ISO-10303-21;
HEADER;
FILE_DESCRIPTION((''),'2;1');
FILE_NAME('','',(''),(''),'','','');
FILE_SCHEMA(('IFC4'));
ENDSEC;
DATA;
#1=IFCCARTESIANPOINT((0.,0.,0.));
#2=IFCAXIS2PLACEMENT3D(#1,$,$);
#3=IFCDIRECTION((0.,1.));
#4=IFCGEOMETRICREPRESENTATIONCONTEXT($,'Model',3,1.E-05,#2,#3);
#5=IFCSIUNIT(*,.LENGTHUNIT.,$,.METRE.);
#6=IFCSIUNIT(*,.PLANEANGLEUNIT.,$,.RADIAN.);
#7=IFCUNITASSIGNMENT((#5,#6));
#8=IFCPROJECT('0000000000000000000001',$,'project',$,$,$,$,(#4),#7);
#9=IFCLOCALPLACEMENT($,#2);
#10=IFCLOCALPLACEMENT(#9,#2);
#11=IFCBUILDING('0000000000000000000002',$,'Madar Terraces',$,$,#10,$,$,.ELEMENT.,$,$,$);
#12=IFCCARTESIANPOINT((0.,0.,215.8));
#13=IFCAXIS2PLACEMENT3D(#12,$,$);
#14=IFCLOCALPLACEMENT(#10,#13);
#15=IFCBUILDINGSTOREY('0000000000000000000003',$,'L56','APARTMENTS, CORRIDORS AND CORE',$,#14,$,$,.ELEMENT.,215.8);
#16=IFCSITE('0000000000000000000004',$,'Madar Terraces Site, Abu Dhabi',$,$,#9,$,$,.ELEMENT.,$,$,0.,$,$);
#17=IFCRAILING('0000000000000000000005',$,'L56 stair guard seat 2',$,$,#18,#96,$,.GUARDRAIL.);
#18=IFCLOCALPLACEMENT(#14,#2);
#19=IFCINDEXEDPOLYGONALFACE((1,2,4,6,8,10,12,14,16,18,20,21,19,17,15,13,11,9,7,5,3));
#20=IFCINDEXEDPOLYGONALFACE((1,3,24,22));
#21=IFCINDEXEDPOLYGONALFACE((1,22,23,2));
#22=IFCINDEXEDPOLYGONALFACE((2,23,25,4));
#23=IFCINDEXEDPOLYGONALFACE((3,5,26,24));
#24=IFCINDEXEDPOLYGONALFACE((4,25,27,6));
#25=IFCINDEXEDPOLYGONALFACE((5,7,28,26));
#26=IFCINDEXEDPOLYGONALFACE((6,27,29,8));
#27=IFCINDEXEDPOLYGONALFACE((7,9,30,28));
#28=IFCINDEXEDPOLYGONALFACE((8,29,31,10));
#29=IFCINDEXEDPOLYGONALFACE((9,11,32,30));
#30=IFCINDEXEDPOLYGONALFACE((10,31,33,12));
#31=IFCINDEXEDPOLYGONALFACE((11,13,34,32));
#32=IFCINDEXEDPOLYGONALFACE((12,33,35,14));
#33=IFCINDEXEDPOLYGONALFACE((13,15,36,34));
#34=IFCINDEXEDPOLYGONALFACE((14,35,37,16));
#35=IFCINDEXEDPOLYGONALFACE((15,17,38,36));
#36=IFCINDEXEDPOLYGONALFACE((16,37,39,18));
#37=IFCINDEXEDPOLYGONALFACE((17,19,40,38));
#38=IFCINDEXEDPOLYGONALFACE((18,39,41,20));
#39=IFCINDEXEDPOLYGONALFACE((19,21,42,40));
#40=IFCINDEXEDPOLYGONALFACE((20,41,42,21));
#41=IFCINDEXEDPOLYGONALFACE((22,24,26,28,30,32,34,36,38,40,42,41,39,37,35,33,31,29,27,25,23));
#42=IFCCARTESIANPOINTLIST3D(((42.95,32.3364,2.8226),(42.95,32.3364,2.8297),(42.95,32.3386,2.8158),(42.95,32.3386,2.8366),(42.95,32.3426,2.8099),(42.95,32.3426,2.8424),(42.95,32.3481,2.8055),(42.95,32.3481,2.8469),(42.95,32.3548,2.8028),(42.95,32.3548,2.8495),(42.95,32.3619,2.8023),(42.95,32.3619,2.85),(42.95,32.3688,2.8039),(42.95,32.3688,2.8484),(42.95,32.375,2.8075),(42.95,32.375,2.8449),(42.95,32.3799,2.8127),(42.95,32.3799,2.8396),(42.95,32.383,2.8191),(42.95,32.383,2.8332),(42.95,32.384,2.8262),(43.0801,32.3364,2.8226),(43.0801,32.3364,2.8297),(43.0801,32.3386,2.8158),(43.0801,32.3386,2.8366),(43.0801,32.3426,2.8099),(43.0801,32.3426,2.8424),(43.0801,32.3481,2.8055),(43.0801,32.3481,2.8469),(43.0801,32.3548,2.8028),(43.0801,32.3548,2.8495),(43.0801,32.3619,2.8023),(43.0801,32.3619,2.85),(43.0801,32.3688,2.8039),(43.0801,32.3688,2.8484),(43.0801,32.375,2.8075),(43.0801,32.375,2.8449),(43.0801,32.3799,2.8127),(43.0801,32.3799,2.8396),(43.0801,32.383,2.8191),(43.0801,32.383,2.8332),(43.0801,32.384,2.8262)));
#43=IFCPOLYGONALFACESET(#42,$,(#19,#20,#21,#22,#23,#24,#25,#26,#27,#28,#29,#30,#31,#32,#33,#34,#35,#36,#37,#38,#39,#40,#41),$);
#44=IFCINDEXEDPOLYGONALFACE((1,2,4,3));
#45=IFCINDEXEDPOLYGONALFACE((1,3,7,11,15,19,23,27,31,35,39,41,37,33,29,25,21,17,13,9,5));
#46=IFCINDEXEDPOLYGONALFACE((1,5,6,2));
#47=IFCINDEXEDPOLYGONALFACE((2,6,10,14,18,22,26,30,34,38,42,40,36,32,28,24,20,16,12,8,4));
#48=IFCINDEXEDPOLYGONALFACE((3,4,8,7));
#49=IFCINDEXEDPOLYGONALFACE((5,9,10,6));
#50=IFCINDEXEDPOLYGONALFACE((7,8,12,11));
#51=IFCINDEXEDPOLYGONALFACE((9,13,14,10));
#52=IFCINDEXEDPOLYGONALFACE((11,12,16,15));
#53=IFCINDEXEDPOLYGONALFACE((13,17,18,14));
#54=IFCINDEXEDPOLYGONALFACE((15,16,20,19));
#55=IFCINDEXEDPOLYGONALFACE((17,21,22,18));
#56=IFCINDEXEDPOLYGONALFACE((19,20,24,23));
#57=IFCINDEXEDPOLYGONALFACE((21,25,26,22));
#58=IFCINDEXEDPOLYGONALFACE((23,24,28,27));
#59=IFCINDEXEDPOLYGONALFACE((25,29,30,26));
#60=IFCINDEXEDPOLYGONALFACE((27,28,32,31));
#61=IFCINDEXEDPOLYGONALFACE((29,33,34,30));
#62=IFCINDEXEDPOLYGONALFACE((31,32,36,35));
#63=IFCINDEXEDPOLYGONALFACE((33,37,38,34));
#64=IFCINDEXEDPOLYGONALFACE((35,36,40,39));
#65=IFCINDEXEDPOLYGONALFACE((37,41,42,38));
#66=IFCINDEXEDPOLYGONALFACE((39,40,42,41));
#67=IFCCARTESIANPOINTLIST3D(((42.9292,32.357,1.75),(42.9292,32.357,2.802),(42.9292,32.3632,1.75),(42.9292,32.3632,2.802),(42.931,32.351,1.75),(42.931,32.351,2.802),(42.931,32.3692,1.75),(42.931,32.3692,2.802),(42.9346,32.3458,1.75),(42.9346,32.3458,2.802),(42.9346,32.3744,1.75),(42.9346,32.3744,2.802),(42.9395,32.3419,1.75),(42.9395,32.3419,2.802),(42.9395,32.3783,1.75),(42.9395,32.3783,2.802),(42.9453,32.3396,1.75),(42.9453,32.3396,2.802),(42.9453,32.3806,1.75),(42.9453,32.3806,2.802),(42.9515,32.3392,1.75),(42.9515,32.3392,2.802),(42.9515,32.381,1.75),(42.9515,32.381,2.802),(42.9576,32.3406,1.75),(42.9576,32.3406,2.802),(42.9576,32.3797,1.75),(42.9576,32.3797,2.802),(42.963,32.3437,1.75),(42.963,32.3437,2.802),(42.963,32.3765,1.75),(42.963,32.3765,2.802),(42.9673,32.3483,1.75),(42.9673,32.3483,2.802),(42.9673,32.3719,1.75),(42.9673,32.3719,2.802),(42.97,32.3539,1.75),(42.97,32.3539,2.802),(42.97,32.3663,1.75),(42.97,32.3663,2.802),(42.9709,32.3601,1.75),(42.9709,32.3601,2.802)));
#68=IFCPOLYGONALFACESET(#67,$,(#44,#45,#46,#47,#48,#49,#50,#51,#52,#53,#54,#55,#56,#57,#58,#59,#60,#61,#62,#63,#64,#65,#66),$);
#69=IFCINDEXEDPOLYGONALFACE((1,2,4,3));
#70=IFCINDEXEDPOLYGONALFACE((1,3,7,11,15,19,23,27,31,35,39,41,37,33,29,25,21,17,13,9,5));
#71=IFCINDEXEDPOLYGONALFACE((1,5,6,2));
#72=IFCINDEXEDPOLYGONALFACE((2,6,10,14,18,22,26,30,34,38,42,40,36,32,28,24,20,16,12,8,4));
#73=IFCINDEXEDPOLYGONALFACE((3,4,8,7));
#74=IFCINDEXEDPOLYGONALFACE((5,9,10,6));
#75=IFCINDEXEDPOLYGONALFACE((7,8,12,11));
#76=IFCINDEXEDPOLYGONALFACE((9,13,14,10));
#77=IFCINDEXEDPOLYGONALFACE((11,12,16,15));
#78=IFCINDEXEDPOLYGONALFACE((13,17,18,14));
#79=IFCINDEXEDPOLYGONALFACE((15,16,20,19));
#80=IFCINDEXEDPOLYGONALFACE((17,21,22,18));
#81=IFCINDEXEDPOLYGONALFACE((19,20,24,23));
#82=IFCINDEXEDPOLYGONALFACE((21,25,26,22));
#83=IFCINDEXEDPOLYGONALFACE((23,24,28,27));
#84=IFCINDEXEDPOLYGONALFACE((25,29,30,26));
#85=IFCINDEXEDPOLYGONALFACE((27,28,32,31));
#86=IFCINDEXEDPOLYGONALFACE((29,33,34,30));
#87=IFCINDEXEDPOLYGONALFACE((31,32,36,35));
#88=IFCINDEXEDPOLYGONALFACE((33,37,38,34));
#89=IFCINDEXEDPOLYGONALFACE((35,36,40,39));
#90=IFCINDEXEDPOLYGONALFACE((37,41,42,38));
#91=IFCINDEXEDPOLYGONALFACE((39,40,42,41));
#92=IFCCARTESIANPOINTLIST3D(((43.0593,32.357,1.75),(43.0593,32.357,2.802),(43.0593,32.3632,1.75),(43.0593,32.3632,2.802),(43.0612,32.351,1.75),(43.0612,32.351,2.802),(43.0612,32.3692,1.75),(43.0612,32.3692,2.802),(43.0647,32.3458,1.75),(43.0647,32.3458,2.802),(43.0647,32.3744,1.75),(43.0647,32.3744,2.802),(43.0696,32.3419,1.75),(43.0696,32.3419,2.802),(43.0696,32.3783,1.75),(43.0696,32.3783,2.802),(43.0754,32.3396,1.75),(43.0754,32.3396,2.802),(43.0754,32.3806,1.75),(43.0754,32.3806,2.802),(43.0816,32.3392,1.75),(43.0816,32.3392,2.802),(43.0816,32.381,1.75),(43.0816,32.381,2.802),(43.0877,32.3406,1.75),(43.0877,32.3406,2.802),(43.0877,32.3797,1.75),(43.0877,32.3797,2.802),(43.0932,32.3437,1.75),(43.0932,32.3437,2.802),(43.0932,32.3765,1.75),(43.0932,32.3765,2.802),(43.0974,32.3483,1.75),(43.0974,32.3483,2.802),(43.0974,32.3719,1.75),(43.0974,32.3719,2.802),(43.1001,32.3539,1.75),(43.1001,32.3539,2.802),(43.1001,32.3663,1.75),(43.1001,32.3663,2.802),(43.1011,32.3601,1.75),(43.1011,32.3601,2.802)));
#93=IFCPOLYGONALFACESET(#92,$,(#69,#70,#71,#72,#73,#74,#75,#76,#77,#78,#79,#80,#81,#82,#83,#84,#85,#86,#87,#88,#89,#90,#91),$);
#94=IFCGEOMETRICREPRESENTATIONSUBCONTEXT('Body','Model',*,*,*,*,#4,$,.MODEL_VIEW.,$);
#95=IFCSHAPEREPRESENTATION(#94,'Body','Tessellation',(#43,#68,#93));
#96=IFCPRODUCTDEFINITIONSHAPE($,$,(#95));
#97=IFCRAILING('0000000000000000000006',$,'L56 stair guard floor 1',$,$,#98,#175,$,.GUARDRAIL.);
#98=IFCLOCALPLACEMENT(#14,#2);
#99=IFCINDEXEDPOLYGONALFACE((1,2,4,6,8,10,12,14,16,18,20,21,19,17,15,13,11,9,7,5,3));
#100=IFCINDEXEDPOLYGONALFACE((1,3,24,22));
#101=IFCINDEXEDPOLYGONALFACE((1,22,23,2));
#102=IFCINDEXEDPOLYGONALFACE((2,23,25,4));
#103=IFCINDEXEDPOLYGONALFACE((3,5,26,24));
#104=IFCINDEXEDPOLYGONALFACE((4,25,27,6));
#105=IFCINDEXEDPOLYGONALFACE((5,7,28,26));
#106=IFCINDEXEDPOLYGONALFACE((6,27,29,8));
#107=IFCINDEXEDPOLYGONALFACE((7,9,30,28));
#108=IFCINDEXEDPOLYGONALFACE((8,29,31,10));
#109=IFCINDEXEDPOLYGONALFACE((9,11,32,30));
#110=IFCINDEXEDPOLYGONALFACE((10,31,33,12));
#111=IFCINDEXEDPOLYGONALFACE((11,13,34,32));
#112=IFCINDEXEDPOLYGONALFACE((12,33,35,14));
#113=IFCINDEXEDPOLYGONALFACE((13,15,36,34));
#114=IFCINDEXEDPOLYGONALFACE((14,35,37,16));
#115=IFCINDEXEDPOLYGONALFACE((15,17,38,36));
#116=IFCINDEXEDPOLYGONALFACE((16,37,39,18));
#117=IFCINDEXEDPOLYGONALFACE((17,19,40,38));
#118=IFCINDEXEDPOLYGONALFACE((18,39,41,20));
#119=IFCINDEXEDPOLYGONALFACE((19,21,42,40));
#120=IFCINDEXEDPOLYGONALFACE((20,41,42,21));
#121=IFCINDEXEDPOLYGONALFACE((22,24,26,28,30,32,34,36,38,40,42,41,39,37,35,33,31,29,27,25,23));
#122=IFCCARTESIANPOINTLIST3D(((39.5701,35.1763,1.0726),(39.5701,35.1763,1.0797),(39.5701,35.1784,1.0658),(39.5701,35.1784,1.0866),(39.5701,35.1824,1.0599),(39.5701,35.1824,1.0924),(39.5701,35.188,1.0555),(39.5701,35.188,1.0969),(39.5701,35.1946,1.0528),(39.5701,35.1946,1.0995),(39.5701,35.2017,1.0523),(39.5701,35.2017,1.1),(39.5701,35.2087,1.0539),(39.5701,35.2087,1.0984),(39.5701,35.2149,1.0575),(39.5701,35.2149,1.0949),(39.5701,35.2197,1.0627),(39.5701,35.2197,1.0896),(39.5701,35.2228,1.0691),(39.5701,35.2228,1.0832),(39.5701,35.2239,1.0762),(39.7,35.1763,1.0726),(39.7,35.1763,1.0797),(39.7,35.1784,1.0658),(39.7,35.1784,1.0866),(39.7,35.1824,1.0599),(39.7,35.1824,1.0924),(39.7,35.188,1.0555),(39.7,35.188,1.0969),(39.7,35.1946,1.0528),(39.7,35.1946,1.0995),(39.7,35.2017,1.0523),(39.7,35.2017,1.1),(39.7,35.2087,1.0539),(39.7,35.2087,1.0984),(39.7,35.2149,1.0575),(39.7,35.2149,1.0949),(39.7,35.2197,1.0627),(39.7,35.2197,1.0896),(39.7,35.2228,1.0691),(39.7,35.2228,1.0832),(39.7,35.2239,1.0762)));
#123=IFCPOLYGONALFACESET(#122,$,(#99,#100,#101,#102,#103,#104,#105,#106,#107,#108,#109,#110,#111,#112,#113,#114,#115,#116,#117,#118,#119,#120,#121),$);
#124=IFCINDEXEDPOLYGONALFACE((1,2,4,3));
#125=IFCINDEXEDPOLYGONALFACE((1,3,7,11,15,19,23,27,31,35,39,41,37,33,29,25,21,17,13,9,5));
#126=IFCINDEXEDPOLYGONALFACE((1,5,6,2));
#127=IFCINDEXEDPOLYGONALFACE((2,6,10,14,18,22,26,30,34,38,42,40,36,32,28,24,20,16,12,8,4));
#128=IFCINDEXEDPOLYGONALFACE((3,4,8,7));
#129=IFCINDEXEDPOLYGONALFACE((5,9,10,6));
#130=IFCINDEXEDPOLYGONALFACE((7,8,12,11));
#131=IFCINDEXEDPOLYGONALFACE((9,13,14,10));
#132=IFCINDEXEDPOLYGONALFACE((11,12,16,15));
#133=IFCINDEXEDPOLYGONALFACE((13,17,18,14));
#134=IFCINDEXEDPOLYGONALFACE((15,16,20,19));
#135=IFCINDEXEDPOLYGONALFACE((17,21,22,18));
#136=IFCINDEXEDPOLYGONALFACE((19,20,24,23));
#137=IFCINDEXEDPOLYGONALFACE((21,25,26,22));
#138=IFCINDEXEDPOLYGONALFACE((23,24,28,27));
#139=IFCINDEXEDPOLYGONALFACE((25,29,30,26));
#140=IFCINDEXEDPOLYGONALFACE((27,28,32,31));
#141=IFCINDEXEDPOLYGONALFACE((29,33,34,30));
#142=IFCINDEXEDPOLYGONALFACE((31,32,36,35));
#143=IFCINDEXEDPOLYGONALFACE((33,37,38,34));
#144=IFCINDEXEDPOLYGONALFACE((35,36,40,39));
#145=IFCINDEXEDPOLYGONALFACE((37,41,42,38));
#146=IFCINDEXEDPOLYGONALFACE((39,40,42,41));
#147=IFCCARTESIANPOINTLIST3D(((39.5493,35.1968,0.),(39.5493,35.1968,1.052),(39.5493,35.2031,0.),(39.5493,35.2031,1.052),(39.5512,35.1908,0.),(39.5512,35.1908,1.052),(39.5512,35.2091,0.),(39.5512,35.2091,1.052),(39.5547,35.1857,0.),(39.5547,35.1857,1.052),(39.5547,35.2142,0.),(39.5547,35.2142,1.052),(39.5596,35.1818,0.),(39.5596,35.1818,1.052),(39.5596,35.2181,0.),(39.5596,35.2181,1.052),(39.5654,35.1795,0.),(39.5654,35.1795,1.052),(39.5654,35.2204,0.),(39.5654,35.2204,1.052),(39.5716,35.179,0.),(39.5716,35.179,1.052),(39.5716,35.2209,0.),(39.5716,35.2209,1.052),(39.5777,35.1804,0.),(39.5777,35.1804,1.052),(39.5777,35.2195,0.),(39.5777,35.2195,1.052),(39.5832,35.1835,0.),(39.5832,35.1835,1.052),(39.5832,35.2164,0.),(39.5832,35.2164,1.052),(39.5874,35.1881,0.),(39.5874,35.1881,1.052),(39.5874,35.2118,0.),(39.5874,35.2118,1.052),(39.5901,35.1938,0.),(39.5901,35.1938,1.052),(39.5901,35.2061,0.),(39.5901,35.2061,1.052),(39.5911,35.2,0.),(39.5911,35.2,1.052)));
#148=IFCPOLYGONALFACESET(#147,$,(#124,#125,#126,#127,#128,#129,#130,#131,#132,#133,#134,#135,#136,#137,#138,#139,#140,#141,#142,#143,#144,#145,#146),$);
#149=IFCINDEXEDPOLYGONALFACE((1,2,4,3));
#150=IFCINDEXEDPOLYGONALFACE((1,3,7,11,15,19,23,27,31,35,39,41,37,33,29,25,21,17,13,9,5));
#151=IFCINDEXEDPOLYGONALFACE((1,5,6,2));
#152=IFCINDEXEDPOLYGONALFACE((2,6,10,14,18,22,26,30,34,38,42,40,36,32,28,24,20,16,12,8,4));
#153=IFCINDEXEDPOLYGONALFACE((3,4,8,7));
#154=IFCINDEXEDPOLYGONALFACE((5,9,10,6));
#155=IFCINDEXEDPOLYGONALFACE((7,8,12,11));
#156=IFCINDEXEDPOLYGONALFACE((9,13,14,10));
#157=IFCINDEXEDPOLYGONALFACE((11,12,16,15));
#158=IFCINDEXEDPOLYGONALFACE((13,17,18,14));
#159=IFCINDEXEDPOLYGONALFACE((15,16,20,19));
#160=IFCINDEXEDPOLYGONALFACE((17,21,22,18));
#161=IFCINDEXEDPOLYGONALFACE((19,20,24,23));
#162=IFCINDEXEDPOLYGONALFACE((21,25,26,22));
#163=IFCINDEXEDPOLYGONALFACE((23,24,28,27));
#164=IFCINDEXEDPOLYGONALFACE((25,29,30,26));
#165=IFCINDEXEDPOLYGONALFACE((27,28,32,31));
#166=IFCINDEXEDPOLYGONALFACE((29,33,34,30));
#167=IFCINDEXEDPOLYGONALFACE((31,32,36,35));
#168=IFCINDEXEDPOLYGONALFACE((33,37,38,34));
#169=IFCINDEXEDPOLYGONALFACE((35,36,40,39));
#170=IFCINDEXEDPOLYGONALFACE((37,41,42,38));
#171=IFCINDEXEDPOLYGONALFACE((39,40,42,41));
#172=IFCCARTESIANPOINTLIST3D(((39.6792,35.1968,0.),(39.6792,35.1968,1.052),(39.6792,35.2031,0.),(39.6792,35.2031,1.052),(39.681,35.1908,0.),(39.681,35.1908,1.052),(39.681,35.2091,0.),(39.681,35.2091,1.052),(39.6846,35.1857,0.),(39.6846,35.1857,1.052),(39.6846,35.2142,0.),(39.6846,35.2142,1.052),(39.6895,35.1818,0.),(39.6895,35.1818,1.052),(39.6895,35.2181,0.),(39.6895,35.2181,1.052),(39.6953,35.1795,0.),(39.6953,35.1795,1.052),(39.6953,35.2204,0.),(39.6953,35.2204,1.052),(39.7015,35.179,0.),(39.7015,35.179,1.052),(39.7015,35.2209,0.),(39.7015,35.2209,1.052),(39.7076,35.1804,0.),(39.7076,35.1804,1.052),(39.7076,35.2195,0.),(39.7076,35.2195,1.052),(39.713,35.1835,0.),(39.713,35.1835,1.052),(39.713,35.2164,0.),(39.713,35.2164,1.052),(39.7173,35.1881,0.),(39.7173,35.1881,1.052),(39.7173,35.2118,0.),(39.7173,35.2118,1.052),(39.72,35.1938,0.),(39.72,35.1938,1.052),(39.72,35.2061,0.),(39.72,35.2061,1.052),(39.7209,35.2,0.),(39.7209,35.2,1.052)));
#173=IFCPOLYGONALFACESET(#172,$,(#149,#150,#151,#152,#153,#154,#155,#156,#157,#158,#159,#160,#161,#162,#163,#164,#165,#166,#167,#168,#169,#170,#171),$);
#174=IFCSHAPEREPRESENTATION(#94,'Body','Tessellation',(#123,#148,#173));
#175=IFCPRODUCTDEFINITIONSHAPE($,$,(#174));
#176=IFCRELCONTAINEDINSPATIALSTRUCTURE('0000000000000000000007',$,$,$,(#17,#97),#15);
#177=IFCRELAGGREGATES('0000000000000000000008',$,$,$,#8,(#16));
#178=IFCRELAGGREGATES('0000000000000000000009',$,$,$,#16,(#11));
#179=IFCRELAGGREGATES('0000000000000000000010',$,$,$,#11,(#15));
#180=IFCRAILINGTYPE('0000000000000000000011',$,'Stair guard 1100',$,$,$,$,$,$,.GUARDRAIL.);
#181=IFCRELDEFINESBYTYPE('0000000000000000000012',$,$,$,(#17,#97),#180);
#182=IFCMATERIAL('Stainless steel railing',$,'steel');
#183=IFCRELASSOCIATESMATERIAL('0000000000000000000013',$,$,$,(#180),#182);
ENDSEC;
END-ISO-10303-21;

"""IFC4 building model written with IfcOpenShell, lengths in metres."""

from ifc_helpers import new_model, si_unit, direction, frame, origin, origin_2d, place, context, subcontext, project, spatial, circle, extrude, material, type_object, element, save


model = new_model("IFC4")

# Units and contexts
model_context = context("Model", 3, precision=1e-05, world=origin(), true_north=direction((0.0, 1.0)))
body_context = subcontext(model_context, "Body", "Model", "MODEL_VIEW")
ifc_project = project(units=[si_unit("LENGTHUNIT", "METRE"), si_unit("PLANEANGLEUNIT", "RADIAN")], contexts=[model_context])

# Site, building, storey
site_placement = place(None, origin())
site = spatial("IfcSite", under=ifc_project, at=site_placement, Name="Madar Terraces Site, Abu Dhabi", CompositionType="ELEMENT", RefElevation=0.0)
building_placement = place(site_placement, origin())
building = spatial("IfcBuilding", under=site, at=building_placement, Name="Madar Terraces", CompositionType="ELEMENT")
storey_placement = place(building_placement, frame((0.0, 0.0, 215.8)))
storey = spatial("IfcBuildingStorey", under=building, at=storey_placement, Name="L56", Description="APARTMENTS, CORRIDORS AND CORE", CompositionType="ELEMENT", Elevation=215.8)

# Railings
ifc_material_1 = material(Name="Stainless steel railing", Category="steel")
railing_type_1 = type_object("IfcRailingType", Name="Stair guard 1100", PredefinedType="GUARDRAIL", material=ifc_material_1)
railing_1_placement = place(storey_placement, frame((42.95, 32.3601, 1.75)))
element("IfcRailing", 1, at=railing_1_placement, inside=storey, type_object=railing_type_1, Name="L56 stair guard seat 2", PredefinedType="GUARDRAIL", context=body_context, shape_type="SweptSolid", body=[
    extrude(circle(Radius=0.0239, at=origin_2d()), frame((0.0, 0.0, 1.0762), z_axis=(1.0, 0.0, 0.0), x_axis=(0.0, 1.0, 0.0)), (0.0, 0.0, 1.0), 0.1301),
    extrude(circle(Radius=0.021, at=origin_2d()), origin(), (0.0, 0.0, 1.0), 1.052),
    extrude(circle(Radius=0.021, at=origin_2d()), frame((0.1301, 0.0, 0.0)), (0.0, 0.0, 1.0), 1.052),
])
railing_2_placement = place(storey_placement, frame((39.5701, 35.2, 0.0)))
element("IfcRailing", 2, at=railing_2_placement, inside=storey, type_object=railing_type_1, Name="L56 stair guard floor 1", PredefinedType="GUARDRAIL", context=body_context, shape_type="SweptSolid", body=[
    extrude(circle(Radius=0.0239, at=origin_2d()), frame((0.0, 0.0, 1.0762), z_axis=(1.0, 0.0, 0.0), x_axis=(0.0, 1.0, 0.0)), (0.0, 0.0, 1.0), 0.1299),
    extrude(circle(Radius=0.021, at=origin_2d()), origin(), (0.0, 0.0, 1.0), 1.052),
    extrude(circle(Radius=0.021, at=origin_2d()), frame((0.1299, 0.0, 0.0)), (0.0, 0.0, 1.0), 1.052),
])

save(model, "model.ifc")
